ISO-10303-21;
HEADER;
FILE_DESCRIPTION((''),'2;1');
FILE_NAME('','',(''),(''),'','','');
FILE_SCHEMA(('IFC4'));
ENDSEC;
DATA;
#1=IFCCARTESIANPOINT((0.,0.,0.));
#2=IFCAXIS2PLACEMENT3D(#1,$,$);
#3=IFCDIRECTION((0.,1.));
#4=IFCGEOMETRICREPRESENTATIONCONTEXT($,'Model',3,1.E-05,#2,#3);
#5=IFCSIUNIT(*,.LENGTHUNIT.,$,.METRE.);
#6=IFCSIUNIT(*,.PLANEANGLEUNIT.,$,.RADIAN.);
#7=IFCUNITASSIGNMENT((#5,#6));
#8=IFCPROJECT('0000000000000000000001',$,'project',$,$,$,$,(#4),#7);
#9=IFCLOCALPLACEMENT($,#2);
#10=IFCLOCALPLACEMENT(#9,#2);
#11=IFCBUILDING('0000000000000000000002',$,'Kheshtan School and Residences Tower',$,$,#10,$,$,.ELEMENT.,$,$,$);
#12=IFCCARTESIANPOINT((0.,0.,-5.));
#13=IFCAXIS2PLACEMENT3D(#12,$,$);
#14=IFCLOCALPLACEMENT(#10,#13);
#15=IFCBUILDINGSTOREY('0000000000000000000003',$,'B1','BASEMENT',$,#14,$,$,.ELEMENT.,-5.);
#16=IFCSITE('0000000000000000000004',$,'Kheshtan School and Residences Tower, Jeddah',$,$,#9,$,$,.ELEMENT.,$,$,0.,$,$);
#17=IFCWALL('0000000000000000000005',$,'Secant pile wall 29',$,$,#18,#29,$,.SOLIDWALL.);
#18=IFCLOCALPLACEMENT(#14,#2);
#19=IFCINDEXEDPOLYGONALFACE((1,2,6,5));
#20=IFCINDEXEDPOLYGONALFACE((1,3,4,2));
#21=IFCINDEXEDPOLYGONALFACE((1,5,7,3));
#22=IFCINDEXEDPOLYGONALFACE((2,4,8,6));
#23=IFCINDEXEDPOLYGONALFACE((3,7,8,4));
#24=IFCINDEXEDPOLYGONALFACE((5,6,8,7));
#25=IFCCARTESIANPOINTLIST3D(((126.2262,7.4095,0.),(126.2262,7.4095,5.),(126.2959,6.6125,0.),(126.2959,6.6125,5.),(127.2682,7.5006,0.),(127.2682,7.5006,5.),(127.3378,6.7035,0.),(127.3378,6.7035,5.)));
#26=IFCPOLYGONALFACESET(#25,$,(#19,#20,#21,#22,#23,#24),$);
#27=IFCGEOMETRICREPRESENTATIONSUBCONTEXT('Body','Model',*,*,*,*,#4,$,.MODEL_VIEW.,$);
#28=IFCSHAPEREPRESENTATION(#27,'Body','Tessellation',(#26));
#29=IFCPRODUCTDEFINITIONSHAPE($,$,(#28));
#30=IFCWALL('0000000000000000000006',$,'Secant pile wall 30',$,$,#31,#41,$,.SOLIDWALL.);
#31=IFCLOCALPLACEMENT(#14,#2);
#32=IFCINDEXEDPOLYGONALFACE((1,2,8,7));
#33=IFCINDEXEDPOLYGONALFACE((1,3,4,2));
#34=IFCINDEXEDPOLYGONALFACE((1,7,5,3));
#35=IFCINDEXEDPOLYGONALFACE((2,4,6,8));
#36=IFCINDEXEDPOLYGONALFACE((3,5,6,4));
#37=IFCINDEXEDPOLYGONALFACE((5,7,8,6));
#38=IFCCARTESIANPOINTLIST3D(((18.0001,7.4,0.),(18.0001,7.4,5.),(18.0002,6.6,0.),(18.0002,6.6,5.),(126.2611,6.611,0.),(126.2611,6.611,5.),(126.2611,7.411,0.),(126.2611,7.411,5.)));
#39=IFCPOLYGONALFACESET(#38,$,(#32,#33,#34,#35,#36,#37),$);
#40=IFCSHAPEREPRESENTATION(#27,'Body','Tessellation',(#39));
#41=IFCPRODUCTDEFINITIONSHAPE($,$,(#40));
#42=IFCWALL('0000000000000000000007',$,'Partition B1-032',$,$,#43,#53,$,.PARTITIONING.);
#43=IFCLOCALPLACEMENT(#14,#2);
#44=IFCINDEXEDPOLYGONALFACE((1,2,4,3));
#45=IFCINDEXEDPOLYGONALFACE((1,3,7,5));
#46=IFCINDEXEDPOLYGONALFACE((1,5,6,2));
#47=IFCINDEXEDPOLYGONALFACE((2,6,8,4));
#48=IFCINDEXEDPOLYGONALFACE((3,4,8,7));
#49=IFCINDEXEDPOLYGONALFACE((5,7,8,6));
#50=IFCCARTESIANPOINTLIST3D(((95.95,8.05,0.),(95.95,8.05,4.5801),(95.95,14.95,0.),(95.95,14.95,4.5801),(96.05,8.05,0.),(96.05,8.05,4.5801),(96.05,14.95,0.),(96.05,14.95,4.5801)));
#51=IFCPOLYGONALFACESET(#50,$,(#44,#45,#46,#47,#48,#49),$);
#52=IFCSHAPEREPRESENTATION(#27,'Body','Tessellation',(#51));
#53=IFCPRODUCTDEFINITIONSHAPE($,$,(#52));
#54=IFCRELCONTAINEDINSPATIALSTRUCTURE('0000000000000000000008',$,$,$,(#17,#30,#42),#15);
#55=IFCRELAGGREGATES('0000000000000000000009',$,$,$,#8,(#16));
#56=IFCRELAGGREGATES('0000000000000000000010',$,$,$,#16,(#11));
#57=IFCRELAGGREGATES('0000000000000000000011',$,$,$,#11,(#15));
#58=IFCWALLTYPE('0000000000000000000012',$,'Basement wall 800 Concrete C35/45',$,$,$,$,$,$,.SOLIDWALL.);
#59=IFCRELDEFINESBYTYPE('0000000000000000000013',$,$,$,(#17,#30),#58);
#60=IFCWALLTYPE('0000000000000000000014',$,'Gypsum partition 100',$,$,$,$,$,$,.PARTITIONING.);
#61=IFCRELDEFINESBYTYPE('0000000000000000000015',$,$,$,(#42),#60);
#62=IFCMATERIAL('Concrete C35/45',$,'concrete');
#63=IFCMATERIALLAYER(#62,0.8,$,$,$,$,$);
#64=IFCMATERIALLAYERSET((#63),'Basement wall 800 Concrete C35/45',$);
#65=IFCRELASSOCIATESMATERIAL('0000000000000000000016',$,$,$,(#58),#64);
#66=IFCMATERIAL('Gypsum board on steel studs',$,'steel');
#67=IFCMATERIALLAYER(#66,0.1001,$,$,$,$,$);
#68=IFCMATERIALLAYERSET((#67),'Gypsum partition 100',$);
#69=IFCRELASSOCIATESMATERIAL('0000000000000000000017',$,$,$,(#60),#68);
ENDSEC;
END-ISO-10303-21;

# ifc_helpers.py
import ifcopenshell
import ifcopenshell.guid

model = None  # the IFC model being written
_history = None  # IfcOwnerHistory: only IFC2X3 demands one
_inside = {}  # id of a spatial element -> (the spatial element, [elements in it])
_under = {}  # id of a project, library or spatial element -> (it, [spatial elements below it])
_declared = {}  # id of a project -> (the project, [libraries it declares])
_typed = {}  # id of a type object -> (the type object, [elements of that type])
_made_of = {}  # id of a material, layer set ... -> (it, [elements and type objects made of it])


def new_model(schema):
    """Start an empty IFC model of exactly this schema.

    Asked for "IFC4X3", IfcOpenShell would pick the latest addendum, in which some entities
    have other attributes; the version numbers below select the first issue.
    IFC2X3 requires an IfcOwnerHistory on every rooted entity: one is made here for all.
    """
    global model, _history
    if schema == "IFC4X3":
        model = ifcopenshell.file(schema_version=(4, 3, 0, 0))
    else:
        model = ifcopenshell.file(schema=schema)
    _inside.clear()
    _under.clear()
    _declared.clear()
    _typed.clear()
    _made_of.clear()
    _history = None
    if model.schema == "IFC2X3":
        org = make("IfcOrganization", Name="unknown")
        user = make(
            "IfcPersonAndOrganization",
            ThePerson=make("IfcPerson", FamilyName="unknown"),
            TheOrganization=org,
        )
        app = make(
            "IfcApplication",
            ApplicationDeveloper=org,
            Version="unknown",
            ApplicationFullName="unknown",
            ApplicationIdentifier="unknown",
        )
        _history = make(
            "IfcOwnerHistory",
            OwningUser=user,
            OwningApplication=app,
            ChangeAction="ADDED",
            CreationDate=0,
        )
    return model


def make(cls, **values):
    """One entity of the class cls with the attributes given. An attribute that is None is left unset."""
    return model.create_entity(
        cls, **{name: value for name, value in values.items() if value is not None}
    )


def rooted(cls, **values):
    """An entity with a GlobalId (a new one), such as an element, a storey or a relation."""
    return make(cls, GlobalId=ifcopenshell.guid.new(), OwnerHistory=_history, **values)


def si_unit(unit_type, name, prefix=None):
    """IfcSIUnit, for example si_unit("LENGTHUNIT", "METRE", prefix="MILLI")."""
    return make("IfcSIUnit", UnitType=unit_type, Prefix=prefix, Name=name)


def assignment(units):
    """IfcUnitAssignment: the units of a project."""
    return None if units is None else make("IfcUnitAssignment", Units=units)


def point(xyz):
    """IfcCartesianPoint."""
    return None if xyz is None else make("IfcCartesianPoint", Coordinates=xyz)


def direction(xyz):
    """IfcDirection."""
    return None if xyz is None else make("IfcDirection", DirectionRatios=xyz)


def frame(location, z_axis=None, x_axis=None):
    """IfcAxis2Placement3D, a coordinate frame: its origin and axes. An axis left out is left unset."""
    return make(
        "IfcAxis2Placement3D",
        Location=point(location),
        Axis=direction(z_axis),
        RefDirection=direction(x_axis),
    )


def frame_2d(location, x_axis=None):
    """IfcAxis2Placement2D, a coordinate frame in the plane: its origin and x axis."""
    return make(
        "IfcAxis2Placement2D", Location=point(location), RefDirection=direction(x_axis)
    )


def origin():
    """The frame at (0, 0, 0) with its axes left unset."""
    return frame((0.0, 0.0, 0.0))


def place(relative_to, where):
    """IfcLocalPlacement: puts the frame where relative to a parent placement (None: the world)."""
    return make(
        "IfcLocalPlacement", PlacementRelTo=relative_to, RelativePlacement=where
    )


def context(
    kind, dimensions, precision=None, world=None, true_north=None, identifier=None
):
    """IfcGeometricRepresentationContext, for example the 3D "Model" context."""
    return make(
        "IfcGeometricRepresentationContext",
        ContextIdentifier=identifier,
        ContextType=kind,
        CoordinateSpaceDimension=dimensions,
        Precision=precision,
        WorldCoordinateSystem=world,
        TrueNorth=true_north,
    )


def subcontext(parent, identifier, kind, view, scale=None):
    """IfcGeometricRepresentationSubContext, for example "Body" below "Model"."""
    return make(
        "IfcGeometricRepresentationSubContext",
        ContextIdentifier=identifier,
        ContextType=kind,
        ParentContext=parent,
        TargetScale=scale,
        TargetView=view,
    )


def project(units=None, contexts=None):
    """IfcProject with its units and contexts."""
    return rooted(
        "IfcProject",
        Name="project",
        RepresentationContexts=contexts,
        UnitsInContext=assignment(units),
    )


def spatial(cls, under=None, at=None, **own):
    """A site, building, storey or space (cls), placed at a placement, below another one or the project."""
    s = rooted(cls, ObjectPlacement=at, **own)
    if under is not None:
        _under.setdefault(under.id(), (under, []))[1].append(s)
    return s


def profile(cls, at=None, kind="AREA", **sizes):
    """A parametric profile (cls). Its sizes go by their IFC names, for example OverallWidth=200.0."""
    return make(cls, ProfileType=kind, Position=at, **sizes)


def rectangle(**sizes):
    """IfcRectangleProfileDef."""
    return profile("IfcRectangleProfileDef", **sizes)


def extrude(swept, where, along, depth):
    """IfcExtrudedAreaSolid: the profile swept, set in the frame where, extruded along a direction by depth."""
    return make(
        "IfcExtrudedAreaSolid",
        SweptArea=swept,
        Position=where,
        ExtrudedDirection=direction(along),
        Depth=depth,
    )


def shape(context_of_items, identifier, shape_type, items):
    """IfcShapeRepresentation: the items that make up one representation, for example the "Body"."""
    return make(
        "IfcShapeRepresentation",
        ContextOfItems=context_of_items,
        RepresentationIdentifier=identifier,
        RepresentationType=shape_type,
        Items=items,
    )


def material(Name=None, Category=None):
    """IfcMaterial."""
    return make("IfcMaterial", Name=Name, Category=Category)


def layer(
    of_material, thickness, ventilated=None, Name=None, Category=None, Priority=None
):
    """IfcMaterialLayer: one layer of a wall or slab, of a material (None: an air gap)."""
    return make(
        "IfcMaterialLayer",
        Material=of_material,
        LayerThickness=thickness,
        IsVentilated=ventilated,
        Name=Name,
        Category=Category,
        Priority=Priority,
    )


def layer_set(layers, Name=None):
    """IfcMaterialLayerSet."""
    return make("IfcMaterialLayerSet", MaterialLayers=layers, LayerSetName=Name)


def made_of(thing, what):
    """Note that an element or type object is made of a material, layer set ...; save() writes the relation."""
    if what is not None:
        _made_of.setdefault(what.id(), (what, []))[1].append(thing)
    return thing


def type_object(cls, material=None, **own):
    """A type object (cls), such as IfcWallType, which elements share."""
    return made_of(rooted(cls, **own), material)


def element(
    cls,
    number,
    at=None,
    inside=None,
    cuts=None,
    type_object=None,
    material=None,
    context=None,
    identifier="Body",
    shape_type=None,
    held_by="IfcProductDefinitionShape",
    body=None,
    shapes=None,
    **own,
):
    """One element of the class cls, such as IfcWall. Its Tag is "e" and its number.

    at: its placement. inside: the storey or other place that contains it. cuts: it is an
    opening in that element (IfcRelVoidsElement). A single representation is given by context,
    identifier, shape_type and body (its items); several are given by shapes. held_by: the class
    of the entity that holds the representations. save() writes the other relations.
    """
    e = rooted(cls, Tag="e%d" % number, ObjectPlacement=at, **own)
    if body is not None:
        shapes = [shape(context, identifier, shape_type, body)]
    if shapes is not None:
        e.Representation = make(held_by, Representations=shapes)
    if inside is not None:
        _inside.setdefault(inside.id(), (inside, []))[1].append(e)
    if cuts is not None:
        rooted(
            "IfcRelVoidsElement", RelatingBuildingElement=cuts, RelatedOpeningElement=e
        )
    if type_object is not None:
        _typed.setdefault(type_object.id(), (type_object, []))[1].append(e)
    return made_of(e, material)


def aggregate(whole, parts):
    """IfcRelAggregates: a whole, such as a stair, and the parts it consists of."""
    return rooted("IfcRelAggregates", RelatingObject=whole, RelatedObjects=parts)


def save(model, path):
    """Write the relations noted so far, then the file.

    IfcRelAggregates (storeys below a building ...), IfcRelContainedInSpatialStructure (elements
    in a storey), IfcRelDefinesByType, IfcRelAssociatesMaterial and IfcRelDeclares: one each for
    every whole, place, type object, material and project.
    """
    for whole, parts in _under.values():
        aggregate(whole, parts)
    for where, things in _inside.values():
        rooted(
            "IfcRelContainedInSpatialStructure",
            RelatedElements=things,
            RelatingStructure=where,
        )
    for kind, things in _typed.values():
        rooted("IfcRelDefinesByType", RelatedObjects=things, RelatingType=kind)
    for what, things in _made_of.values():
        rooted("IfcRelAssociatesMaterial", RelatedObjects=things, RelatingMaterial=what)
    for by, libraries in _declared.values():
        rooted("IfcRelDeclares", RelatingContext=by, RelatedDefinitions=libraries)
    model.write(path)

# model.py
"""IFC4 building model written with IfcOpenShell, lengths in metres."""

from ifc_helpers import new_model, si_unit, direction, frame, frame_2d, origin, place, context, subcontext, project, spatial, rectangle, extrude, material, layer, layer_set, type_object, element, save


model = new_model("IFC4")

# Units and contexts
model_context = context("Model", 3, precision=1e-05, world=origin(), true_north=direction((0.0, 1.0)))
body_context = subcontext(model_context, "Body", "Model", "MODEL_VIEW")
ifc_project = project(units=[si_unit("LENGTHUNIT", "METRE"), si_unit("PLANEANGLEUNIT", "RADIAN")], contexts=[model_context])

# Site, building, storey
site_placement = place(None, origin())
site = spatial("IfcSite", under=ifc_project, at=site_placement, Name="Kheshtan School and Residences Tower, Jeddah", CompositionType="ELEMENT", RefElevation=0.0)
building_placement = place(site_placement, origin())
building = spatial("IfcBuilding", under=site, at=building_placement, Name="Kheshtan School and Residences Tower", CompositionType="ELEMENT")
storey_placement = place(building_placement, frame((0.0, 0.0, -5.0)))
storey = spatial("IfcBuildingStorey", under=building, at=storey_placement, Name="B1", Description="BASEMENT", CompositionType="ELEMENT", Elevation=-5.0)

# Walls
ifc_material_1 = material(Name="Concrete C35/45", Category="concrete")
ifc_layer_1 = layer(ifc_material_1, 0.8)
ifc_layer_set_1 = layer_set([ifc_layer_1], Name="Basement wall 800 Concrete C35/45")
wall_type_1 = type_object("IfcWallType", Name="Basement wall 800 Concrete C35/45", PredefinedType="SOLIDWALL", material=ifc_layer_set_1)
wall_1_placement = place(storey_placement, frame((127.303, 7.1021, 0.0), z_axis=(0.0, 0.0, 1.0), x_axis=(-0.996203, -0.087063, 0.0)))
element("IfcWall", 1, at=wall_1_placement, inside=storey, type_object=wall_type_1, Name="Secant pile wall 29", PredefinedType="SOLIDWALL", context=body_context, shape_type="SweptSolid", body=[
    extrude(rectangle(XDim=1.0459, YDim=0.8, at=frame_2d((0.5229, 0.0))), origin(), (0.0, 0.0, 1.0), 5.0),
])
wall_2_placement = place(storey_placement, frame((126.261, 7.011, 0.0), z_axis=(0.0, 0.0, 1.0), x_axis=(-1.0, -0.000101, 0.0)))
element("IfcWall", 2, at=wall_2_placement, inside=storey, type_object=wall_type_1, Name="Secant pile wall 30", PredefinedType="SOLIDWALL", context=body_context, shape_type="SweptSolid", body=[
    extrude(rectangle(XDim=108.261, YDim=0.8, at=frame_2d((54.1304, 0.0))), origin(), (0.0, 0.0, 1.0), 5.0),
])
ifc_material_2 = material(Name="Gypsum board on steel studs", Category="steel")
ifc_layer_2 = layer(ifc_material_2, 0.1001)
ifc_layer_set_2 = layer_set([ifc_layer_2], Name="Gypsum partition 100")
wall_type_2 = type_object("IfcWallType", Name="Gypsum partition 100", PredefinedType="PARTITIONING", material=ifc_layer_set_2)
wall_3_placement = place(storey_placement, frame((96.0, 8.05, 0.0), z_axis=(0.0, 0.0, 1.0), x_axis=(0.0, 1.0, 0.0)))
element("IfcWall", 3, at=wall_3_placement, inside=storey, type_object=wall_type_2, Name="Partition B1-032", PredefinedType="PARTITIONING", context=body_context, shape_type="SweptSolid", body=[
    extrude(rectangle(XDim=6.8999, YDim=0.1001, at=frame_2d((3.45, 0.0))), origin(), (0.0, 0.0, 1.0), 4.5801),
])

save(model, "model.ifc")
